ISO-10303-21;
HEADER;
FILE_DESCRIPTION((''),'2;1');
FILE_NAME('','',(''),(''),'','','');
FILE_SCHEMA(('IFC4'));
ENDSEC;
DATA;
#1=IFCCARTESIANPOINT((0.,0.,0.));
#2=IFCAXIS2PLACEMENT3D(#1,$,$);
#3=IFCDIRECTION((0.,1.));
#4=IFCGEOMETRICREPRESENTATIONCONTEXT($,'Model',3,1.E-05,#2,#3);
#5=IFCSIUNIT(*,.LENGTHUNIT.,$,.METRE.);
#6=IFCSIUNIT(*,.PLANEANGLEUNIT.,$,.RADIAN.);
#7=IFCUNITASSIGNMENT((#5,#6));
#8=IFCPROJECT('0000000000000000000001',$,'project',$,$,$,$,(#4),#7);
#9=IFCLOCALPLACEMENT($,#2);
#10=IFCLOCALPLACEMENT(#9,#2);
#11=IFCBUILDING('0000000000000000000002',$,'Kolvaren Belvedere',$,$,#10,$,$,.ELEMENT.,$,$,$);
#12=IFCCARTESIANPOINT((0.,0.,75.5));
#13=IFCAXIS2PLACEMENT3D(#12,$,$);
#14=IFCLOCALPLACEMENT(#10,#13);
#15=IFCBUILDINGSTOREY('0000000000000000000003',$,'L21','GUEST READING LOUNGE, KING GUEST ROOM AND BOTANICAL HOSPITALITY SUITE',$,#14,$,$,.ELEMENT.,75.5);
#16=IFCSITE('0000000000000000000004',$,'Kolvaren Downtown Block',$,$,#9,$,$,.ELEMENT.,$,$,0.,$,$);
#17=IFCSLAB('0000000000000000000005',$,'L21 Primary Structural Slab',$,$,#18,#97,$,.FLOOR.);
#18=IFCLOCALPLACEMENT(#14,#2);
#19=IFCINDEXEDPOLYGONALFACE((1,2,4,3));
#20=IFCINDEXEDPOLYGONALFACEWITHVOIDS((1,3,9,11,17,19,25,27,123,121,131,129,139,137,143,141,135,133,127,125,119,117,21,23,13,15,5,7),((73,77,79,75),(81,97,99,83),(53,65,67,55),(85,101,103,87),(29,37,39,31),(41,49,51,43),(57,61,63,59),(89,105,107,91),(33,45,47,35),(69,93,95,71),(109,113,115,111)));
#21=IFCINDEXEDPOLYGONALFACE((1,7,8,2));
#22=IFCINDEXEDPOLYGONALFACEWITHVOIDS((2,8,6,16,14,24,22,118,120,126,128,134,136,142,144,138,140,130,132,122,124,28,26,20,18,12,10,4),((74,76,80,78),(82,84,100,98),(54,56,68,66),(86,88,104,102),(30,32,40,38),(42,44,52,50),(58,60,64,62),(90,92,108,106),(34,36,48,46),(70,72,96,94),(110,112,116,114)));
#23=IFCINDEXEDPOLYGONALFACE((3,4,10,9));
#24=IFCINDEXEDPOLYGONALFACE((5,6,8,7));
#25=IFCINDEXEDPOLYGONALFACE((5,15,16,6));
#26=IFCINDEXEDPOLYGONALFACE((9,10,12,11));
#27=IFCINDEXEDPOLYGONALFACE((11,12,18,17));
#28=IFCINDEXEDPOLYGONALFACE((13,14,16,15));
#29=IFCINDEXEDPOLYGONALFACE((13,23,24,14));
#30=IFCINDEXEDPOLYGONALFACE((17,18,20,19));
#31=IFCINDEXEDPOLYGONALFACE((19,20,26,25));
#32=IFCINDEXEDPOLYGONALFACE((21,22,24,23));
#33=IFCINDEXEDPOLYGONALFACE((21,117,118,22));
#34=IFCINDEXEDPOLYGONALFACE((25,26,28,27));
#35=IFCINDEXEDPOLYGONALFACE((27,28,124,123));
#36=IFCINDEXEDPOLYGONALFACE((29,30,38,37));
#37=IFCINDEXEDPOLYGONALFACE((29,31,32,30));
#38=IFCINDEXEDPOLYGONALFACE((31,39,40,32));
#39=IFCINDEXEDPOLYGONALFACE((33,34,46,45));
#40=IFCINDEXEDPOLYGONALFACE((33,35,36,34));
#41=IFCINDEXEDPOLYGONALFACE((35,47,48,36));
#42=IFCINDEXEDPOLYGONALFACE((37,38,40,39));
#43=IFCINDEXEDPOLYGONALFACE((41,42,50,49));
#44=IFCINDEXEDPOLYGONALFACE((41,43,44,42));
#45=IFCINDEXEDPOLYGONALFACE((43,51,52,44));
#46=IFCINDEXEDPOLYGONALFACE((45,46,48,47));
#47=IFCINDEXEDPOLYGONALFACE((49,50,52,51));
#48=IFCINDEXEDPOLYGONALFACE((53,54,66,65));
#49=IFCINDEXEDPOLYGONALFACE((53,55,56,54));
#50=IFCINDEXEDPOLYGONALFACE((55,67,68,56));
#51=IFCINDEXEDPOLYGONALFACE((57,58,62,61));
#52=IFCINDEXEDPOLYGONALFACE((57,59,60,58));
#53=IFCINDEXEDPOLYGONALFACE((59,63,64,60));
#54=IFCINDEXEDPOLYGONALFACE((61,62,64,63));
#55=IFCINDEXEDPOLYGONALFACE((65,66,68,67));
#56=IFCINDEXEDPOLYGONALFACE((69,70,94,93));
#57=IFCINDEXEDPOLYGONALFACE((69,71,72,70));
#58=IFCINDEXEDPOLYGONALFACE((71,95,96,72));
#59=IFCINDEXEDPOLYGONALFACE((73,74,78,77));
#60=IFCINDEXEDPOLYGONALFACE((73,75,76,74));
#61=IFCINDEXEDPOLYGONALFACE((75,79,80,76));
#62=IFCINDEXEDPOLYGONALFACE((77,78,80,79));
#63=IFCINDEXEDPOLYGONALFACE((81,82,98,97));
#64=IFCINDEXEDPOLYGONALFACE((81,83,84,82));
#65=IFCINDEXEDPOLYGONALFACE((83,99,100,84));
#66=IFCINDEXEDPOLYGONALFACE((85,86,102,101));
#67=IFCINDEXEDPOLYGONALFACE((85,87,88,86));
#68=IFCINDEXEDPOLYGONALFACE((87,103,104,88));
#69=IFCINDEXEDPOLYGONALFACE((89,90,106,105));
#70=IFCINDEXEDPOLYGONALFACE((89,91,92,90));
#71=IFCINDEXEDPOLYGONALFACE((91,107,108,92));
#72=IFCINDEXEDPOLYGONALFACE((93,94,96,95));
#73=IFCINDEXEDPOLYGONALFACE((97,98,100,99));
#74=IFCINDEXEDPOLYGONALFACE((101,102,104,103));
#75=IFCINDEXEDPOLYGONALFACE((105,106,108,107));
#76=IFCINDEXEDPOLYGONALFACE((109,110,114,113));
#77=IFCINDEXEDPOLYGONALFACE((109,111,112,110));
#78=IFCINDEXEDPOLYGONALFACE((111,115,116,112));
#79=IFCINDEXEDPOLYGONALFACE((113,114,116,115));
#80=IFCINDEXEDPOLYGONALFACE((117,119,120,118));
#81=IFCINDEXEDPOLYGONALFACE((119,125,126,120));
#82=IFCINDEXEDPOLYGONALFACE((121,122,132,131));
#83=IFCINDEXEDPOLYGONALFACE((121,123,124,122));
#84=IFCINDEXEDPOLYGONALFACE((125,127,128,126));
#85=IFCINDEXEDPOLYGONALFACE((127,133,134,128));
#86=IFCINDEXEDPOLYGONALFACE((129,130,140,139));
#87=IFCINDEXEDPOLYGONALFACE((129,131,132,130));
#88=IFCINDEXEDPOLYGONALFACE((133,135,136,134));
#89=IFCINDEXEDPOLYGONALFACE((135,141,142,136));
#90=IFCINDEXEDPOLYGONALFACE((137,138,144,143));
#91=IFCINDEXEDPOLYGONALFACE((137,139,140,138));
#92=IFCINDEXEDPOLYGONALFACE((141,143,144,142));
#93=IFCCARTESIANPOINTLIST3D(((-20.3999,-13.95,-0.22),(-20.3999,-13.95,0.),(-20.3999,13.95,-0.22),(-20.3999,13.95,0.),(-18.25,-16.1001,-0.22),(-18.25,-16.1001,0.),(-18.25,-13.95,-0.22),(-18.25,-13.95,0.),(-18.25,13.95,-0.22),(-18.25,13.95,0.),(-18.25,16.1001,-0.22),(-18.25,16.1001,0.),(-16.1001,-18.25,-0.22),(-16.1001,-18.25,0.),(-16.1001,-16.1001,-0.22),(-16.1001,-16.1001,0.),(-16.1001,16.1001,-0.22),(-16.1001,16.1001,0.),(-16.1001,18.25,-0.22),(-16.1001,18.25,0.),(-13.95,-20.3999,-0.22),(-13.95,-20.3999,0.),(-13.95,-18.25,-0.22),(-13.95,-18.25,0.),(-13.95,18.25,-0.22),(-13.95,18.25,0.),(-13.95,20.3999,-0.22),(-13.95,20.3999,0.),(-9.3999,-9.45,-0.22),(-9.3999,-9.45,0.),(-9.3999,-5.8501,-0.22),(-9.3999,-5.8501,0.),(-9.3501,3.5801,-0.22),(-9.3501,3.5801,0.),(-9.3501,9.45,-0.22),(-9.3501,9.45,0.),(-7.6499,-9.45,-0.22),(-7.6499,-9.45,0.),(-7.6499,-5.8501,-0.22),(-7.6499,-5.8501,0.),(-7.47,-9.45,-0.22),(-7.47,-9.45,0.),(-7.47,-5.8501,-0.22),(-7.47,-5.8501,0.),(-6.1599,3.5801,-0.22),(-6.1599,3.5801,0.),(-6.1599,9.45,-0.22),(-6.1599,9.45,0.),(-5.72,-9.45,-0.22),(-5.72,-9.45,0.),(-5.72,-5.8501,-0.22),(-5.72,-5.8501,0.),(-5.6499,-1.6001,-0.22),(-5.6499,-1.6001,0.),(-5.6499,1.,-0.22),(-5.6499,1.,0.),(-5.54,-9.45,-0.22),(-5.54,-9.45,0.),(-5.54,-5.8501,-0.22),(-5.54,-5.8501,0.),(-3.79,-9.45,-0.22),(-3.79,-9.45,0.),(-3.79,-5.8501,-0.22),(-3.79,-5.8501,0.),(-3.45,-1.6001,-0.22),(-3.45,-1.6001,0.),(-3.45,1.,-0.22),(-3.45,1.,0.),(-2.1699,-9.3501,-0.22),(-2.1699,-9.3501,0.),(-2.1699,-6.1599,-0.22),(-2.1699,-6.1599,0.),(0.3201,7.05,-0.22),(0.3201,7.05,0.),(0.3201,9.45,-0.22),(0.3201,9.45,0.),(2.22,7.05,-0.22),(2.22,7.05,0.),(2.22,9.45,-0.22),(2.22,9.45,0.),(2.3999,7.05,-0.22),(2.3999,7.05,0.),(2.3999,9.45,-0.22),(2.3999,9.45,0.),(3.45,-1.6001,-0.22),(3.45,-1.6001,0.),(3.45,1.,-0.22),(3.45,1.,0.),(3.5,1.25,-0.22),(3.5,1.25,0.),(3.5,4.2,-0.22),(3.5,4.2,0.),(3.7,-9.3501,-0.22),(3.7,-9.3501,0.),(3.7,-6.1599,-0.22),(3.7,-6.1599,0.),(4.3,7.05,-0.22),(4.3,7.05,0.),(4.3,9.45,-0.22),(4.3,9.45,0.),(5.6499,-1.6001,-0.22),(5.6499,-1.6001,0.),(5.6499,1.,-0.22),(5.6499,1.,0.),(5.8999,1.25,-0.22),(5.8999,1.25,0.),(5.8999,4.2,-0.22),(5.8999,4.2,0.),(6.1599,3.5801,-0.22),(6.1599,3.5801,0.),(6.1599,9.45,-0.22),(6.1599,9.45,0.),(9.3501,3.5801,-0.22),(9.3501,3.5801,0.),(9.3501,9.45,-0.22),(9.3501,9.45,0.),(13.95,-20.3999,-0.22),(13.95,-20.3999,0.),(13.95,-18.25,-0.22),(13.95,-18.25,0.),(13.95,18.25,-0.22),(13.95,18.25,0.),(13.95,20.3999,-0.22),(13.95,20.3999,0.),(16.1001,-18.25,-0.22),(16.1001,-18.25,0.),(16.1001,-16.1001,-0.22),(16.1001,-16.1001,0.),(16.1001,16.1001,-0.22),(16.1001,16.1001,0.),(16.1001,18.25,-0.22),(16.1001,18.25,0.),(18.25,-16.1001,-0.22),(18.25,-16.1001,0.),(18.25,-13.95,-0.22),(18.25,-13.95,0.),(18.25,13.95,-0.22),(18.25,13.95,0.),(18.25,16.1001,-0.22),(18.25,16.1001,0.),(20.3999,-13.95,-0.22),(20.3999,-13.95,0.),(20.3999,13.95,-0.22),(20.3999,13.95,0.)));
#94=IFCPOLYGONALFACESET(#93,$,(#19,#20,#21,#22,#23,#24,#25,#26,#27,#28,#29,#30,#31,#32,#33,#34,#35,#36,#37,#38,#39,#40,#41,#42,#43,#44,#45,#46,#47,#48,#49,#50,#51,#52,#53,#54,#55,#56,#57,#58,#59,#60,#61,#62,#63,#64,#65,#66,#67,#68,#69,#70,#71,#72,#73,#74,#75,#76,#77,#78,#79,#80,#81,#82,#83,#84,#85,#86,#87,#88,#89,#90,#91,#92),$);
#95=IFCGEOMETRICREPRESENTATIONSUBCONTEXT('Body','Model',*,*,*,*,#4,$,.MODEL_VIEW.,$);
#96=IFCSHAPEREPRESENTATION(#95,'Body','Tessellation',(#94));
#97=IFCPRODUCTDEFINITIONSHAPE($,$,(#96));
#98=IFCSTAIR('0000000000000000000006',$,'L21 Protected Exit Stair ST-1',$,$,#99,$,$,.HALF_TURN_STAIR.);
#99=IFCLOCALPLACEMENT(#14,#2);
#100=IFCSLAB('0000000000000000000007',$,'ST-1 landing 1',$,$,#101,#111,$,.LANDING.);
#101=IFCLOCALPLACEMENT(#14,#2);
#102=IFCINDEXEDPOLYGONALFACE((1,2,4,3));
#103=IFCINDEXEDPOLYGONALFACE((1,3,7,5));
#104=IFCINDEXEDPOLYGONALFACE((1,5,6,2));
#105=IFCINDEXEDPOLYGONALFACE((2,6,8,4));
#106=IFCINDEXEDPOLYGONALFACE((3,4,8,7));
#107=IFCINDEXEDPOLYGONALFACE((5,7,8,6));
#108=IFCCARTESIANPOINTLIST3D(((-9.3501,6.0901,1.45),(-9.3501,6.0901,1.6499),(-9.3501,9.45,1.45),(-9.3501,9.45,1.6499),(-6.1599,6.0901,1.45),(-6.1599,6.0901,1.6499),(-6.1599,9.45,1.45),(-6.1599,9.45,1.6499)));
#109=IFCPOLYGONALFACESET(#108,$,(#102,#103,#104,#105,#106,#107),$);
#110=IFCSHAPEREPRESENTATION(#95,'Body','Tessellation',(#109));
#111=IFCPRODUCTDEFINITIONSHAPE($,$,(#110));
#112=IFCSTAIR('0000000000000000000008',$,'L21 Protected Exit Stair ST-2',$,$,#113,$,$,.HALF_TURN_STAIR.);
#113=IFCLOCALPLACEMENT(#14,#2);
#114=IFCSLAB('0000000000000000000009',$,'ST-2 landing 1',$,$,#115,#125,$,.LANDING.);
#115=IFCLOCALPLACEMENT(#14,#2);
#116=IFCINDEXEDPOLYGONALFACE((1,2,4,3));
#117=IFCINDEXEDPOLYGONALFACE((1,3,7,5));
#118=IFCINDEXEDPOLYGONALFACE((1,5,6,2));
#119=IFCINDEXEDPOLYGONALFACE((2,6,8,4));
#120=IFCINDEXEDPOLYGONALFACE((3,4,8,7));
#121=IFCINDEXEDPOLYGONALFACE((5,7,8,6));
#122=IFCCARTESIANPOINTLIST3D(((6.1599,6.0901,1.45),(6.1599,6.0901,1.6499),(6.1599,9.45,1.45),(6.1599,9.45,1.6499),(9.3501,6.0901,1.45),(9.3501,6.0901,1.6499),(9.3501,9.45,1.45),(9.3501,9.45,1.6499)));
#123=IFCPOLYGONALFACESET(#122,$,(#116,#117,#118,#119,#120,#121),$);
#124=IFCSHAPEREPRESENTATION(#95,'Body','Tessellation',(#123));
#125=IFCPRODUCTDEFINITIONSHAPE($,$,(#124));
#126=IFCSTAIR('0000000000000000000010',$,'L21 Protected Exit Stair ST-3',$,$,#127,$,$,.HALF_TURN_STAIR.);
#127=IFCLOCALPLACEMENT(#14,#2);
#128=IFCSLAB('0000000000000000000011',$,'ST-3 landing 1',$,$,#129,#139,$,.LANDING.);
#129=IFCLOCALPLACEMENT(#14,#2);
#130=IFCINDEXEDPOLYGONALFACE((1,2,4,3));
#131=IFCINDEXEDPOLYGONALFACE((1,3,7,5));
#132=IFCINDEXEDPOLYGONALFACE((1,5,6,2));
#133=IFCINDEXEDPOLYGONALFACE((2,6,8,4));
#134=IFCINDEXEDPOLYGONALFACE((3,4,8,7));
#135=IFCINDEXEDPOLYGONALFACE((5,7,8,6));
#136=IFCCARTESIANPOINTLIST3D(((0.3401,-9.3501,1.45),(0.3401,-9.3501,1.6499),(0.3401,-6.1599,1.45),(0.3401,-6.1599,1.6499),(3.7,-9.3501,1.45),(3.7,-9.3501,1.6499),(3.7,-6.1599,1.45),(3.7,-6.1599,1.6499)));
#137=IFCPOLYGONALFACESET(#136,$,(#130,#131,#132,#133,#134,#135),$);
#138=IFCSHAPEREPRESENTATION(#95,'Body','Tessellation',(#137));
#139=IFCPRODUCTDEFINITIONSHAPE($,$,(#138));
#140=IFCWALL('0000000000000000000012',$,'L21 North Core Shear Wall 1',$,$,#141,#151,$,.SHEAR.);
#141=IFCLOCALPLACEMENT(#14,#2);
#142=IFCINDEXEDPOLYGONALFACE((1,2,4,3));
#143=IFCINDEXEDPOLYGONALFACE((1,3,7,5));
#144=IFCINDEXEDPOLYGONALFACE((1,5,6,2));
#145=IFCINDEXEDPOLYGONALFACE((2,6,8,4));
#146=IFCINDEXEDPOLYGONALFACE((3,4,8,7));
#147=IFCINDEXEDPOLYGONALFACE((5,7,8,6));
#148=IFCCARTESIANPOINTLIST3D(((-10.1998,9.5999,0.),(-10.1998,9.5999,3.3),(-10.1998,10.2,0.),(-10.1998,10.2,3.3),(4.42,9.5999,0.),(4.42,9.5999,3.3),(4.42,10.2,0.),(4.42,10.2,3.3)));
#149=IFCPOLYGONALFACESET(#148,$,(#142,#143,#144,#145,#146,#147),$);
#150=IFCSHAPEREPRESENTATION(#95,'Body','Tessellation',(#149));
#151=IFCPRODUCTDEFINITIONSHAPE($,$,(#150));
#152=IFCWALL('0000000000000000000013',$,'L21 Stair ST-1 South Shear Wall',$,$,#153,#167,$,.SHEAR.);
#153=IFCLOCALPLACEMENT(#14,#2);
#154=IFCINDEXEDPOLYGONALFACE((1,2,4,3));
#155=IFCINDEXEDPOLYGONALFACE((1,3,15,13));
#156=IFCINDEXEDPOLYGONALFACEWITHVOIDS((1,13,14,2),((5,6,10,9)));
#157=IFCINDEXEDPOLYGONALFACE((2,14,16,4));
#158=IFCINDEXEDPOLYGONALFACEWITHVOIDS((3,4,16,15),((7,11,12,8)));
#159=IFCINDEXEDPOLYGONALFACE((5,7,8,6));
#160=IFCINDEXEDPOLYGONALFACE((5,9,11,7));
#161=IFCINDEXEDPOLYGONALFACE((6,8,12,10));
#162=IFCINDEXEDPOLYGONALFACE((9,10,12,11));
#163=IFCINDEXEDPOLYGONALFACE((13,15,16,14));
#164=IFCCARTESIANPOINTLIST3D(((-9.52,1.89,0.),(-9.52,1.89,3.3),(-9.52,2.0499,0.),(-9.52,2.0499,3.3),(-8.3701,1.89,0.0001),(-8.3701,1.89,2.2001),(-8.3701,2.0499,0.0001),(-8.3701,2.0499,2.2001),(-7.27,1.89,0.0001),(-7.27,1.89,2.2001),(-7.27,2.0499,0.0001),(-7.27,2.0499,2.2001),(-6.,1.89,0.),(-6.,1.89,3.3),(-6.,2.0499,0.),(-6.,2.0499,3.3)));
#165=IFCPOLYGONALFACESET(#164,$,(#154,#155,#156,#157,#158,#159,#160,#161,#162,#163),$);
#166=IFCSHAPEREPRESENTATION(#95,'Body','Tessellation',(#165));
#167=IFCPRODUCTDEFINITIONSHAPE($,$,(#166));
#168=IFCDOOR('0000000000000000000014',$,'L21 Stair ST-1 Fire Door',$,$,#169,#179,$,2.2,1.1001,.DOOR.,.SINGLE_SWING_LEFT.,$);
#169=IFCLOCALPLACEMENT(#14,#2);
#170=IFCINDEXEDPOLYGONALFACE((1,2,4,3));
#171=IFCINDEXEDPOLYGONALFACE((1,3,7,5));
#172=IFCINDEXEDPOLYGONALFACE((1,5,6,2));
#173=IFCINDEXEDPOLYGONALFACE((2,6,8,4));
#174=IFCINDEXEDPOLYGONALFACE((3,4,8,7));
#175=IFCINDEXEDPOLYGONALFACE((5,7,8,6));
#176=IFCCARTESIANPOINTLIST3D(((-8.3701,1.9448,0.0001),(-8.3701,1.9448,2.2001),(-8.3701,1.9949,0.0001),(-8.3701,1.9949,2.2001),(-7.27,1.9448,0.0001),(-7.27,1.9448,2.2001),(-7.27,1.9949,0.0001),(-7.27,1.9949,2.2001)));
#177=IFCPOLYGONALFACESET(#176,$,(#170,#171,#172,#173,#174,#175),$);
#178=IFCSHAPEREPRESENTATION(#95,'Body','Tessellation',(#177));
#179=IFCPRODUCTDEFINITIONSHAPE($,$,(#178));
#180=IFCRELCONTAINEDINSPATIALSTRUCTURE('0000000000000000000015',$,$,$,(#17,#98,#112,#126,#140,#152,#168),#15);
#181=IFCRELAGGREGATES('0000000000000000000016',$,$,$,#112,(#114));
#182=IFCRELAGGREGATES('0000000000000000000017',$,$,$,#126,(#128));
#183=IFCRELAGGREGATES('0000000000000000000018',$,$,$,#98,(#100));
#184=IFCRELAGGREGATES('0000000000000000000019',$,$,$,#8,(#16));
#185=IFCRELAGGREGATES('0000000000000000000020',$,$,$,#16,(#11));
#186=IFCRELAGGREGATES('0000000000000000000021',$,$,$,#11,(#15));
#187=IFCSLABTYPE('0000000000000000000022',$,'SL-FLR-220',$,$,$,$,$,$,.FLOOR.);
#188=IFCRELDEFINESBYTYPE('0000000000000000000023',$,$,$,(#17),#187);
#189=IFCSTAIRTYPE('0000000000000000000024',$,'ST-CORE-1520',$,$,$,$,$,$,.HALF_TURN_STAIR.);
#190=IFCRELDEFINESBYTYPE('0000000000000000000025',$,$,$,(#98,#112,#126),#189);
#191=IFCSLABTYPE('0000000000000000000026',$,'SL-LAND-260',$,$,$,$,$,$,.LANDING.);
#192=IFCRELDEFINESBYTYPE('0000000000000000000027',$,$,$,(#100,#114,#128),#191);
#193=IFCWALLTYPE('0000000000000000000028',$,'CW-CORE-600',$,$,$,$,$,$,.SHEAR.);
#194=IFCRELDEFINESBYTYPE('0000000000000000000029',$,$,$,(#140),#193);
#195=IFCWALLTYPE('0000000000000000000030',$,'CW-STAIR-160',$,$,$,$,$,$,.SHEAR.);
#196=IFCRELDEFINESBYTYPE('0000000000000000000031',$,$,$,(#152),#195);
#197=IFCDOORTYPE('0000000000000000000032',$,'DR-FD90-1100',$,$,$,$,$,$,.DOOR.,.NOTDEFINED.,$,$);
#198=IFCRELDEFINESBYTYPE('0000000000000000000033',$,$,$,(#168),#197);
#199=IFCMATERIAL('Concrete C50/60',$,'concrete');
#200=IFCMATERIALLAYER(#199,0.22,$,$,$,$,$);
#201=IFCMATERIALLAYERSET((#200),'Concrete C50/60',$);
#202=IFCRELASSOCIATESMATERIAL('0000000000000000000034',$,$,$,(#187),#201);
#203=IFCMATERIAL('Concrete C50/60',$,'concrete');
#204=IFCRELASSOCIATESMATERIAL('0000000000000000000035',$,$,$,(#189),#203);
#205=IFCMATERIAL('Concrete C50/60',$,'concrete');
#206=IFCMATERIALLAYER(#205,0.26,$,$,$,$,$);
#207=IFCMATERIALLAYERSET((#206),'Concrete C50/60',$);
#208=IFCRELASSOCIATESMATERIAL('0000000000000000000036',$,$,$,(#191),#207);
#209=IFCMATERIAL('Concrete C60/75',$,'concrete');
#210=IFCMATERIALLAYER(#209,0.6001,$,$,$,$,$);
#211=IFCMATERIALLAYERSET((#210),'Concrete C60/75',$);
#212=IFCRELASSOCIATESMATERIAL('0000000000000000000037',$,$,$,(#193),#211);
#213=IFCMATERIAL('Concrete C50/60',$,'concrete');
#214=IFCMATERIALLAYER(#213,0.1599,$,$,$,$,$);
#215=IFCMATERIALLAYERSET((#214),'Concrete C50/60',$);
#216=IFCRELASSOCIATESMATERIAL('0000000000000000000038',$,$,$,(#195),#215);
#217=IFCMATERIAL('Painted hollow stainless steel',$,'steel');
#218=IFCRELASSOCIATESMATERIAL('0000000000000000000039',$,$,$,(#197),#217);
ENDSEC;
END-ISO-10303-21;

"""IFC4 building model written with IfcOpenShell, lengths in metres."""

from ifc_helpers import new_model, si_unit, direction, frame, frame_2d, origin, place, context, subcontext, project, spatial, polyline, rectangle, outline, extrude, material, layer, layer_set, type_object, element, fill, aggregate, save


model = new_model("IFC4")

# Units and contexts
model_context = context("Model", 3, precision=1e-05, world=origin(), true_north=direction((0.0, 1.0)))
body_context = subcontext(model_context, "Body", "Model", "MODEL_VIEW")
ifc_project = project(units=[si_unit("LENGTHUNIT", "METRE"), si_unit("PLANEANGLEUNIT", "RADIAN")], contexts=[model_context])

# Site, building, storey
site_placement = place(None, origin())
site = spatial("IfcSite", under=ifc_project, at=site_placement, Name="Kolvaren Downtown Block", CompositionType="ELEMENT", RefElevation=0.0)
building_placement = place(site_placement, origin())
building = spatial("IfcBuilding", under=site, at=building_placement, Name="Kolvaren Belvedere", CompositionType="ELEMENT")
storey_placement = place(building_placement, frame((0.0, 0.0, 75.5)))
storey = spatial("IfcBuildingStorey", under=building, at=storey_placement, Name="L21", Description="GUEST READING LOUNGE, KING GUEST ROOM AND BOTANICAL HOSPITALITY SUITE", CompositionType="ELEMENT", Elevation=75.5)

# Slab
ifc_material_1 = material(Name="Concrete C50/60", Category="concrete")
ifc_layer_1 = layer(ifc_material_1, 0.22)
ifc_layer_set_1 = layer_set([ifc_layer_1], Name="Concrete C50/60")
slab_type_1 = type_object("IfcSlabType", Name="SL-FLR-220", PredefinedType="FLOOR", material=ifc_layer_set_1)
slab_1_placement = place(storey_placement, frame((0.0, 0.0, -0.22)))
element("IfcSlab", 1, at=slab_1_placement, inside=storey, type_object=slab_type_1, Name="L21 Primary Structural Slab", PredefinedType="FLOOR", context=body_context, shape_type="SweptSolid", body=[
    extrude(outline(polyline([(-13.95, -20.3999), (13.95, -20.3999), (13.95, -18.25), (16.1001, -18.25), (16.1001, -16.1001), (18.25, -16.1001), (18.25, -13.95), (20.3999, -13.95), (20.3999, 13.95), (18.25, 13.95), (18.25, 16.1001), (16.1001, 16.1001), (16.1001, 18.25), (13.95, 18.25), (13.95, 20.3999), (-13.95, 20.3999), (-13.95, 18.25), (-16.1001, 18.25), (-16.1001, 16.1001), (-18.25, 16.1001), (-18.25, 13.95), (-20.3999, 13.95), (-20.3999, -13.95), (-18.25, -13.95), (-18.25, -16.1001), (-16.1001, -16.1001), (-16.1001, -18.25), (-13.95, -18.25), (-13.95, -20.3999)]), holes=[polyline([(-9.3501, 3.5801), (-6.1599, 3.5801), (-6.1599, 9.45), (-9.3501, 9.45), (-9.3501, 3.5801)]), polyline([(6.1599, 3.5801), (9.3501, 3.5801), (9.3501, 9.45), (6.1599, 9.45), (6.1599, 3.5801)]), polyline([(-2.1699, -9.3501), (3.7, -9.3501), (3.7, -6.1599), (-2.1699, -6.1599), (-2.1699, -9.3501)]), polyline([(-5.6499, -1.6001), (-3.45, -1.6001), (-3.45, 1.0), (-5.6499, 1.0), (-5.6499, -1.6001)]), polyline([(3.5, 1.25), (5.8999, 1.25), (5.8999, 4.2), (3.5, 4.2), (3.5, 1.25)]), polyline([(3.45, -1.6001), (5.6499, -1.6001), (5.6499, 1.0), (3.45, 1.0), (3.45, -1.6001)]), polyline([(-9.3999, -9.45), (-7.6499, -9.45), (-7.6499, -5.8501), (-9.3999, -5.8501), (-9.3999, -9.45)]), polyline([(-7.47, -9.45), (-5.72, -9.45), (-5.72, -5.8501), (-7.47, -5.8501), (-7.47, -9.45)]), polyline([(-5.54, -9.45), (-3.79, -9.45), (-3.79, -5.8501), (-5.54, -5.8501), (-5.54, -9.45)]), polyline([(0.3201, 7.05), (2.22, 7.05), (2.22, 9.45), (0.3201, 9.45), (0.3201, 7.05)]), polyline([(2.3999, 7.05), (4.3, 7.05), (4.3, 9.45), (2.3999, 9.45), (2.3999, 7.05)])]), origin(), (0.0, 0.0, 1.0), 0.22),
])

# Stairs, slabs
ifc_material_2 = material(Name="Concrete C50/60", Category="concrete")
stair_type = type_object("IfcStairType", Name="ST-CORE-1520", PredefinedType="HALF_TURN_STAIR", material=ifc_material_2)
stair_1_placement = place(storey_placement, origin())
stair_1 = element("IfcStair", 2, at=stair_1_placement, inside=storey, type_object=stair_type, Name="L21 Protected Exit Stair ST-1", PredefinedType="HALF_TURN_STAIR")
ifc_material_3 = material(Name="Concrete C50/60", Category="concrete")
ifc_layer_2 = layer(ifc_material_3, 0.26)
ifc_layer_set_2 = layer_set([ifc_layer_2], Name="Concrete C50/60")
slab_type_2 = type_object("IfcSlabType", Name="SL-LAND-260", PredefinedType="LANDING", material=ifc_layer_set_2)
slab_2_placement = place(storey_placement, frame((0.0, 0.0, 1.45)))
slab_2 = element("IfcSlab", 3, at=slab_2_placement, type_object=slab_type_2, Name="ST-1 landing 1", PredefinedType="LANDING", context=body_context, shape_type="SweptSolid", body=[
    extrude(outline(polyline([(-6.1599, 6.0901), (-6.1599, 9.45), (-9.3501, 9.45), (-9.3501, 6.0901), (-6.1599, 6.0901)])), origin(), (0.0, 0.0, 1.0), 0.2),
])
stair_2_placement = place(storey_placement, origin())
stair_2 = element("IfcStair", 4, at=stair_2_placement, inside=storey, type_object=stair_type, Name="L21 Protected Exit Stair ST-2", PredefinedType="HALF_TURN_STAIR")
slab_3_placement = place(storey_placement, frame((0.0, 0.0, 1.45)))
slab_3 = element("IfcSlab", 5, at=slab_3_placement, type_object=slab_type_2, Name="ST-2 landing 1", PredefinedType="LANDING", context=body_context, shape_type="SweptSolid", body=[
    extrude(outline(polyline([(9.3501, 6.0901), (9.3501, 9.45), (6.1599, 9.45), (6.1599, 6.0901), (9.3501, 6.0901)])), origin(), (0.0, 0.0, 1.0), 0.2),
])
aggregate(stair_2, [slab_3])
stair_3_placement = place(storey_placement, origin())
stair_3 = element("IfcStair", 6, at=stair_3_placement, inside=storey, type_object=stair_type, Name="L21 Protected Exit Stair ST-3", PredefinedType="HALF_TURN_STAIR")
slab_4_placement = place(storey_placement, frame((0.0, 0.0, 1.45)))
slab_4 = element("IfcSlab", 7, at=slab_4_placement, type_object=slab_type_2, Name="ST-3 landing 1", PredefinedType="LANDING", context=body_context, shape_type="SweptSolid", body=[
    extrude(outline(polyline([(0.3401, -9.3501), (3.7, -9.3501), (3.7, -6.1599), (0.3401, -6.1599), (0.3401, -9.3501)])), origin(), (0.0, 0.0, 1.0), 0.2),
])
aggregate(stair_3, [slab_4])

# Wall
ifc_material_4 = material(Name="Concrete C60/75", Category="concrete")
ifc_layer_3 = layer(ifc_material_4, 0.6001)
ifc_layer_set_3 = layer_set([ifc_layer_3], Name="Concrete C60/75")
wall_type_1 = type_object("IfcWallType", Name="CW-CORE-600", PredefinedType="SHEAR", material=ifc_layer_set_3)
wall_1_placement = place(storey_placement, frame((-10.2, 9.8999, 0.0), z_axis=(0.0, 0.0, 1.0), x_axis=(1.0, 0.0, 0.0)))
element("IfcWall", 8, at=wall_1_placement, inside=storey, type_object=wall_type_1, Name="L21 North Core Shear Wall 1", PredefinedType="SHEAR", context=body_context, shape_type="SweptSolid", body=[
    extrude(rectangle(XDim=14.6199, YDim=0.6001, at=frame_2d((7.3101, 0.0))), origin(), (0.0, 0.0, 1.0), 3.3),
])

# Wall, opening, door
ifc_material_5 = material(Name="Concrete C50/60", Category="concrete")
ifc_layer_4 = layer(ifc_material_5, 0.1599)
ifc_layer_set_4 = layer_set([ifc_layer_4], Name="Concrete C50/60")
wall_type_2 = type_object("IfcWallType", Name="CW-STAIR-160", PredefinedType="SHEAR", material=ifc_layer_set_4)
wall_2_placement = place(storey_placement, frame((-9.52, 1.97, 0.0), z_axis=(0.0, 0.0, 1.0), x_axis=(1.0, 0.0, 0.0)))
wall_2 = element("IfcWall", 9, at=wall_2_placement, inside=storey, type_object=wall_type_2, Name="L21 Stair ST-1 South Shear Wall", PredefinedType="SHEAR", context=body_context, shape_type="SweptSolid", body=[
    extrude(rectangle(XDim=3.52, YDim=0.1599, at=frame_2d((1.76, 0.0))), origin(), (0.0, 0.0, 1.0), 3.3),
])
opening_1_placement = place(wall_2_placement, frame((1.1499, 0.0, 0.0)))
opening_1 = element("IfcOpeningElement", 10, at=opening_1_placement, cuts=wall_2, PredefinedType="OPENING", context=body_context, shape_type="SweptSolid", body=[
    extrude(rectangle(XDim=1.1001, YDim=2.2, at=frame_2d((0.55, 1.1001))), frame((0.0, 0.0898, 0.0), z_axis=(0.0, -1.0, 0.0), x_axis=(1.0, 0.0, 0.0)), (0.0, 0.0, 1.0), 0.1799),
])
ifc_material_6 = material(Name="Painted hollow stainless steel", Category="steel")
door_type_1 = type_object("IfcDoorType", Name="DR-FD90-1100", OperationType="NOTDEFINED", PredefinedType="DOOR", material=ifc_material_6)
door_1_placement = place(opening_1_placement, origin())
door_1 = element("IfcDoor", 11, at=door_1_placement, inside=storey, type_object=door_type_1, Name="L21 Stair ST-1 Fire Door", OperationType="SINGLE_SWING_LEFT", OverallHeight=2.2, OverallWidth=1.1001, PredefinedType="DOOR", context=body_context, shape_type="SweptSolid", body=[
    extrude(rectangle(XDim=1.1001, YDim=2.2, at=frame_2d((0.55, 1.1001))), frame((0.0, 0.0249, 0.0), z_axis=(0.0, -1.0, 0.0), x_axis=(1.0, 0.0, 0.0)), (0.0, 0.0, 1.0), 0.05),
])
fill(opening_1, door_1)

aggregate(stair_1, [slab_2])

save(model, "model.ifc")
